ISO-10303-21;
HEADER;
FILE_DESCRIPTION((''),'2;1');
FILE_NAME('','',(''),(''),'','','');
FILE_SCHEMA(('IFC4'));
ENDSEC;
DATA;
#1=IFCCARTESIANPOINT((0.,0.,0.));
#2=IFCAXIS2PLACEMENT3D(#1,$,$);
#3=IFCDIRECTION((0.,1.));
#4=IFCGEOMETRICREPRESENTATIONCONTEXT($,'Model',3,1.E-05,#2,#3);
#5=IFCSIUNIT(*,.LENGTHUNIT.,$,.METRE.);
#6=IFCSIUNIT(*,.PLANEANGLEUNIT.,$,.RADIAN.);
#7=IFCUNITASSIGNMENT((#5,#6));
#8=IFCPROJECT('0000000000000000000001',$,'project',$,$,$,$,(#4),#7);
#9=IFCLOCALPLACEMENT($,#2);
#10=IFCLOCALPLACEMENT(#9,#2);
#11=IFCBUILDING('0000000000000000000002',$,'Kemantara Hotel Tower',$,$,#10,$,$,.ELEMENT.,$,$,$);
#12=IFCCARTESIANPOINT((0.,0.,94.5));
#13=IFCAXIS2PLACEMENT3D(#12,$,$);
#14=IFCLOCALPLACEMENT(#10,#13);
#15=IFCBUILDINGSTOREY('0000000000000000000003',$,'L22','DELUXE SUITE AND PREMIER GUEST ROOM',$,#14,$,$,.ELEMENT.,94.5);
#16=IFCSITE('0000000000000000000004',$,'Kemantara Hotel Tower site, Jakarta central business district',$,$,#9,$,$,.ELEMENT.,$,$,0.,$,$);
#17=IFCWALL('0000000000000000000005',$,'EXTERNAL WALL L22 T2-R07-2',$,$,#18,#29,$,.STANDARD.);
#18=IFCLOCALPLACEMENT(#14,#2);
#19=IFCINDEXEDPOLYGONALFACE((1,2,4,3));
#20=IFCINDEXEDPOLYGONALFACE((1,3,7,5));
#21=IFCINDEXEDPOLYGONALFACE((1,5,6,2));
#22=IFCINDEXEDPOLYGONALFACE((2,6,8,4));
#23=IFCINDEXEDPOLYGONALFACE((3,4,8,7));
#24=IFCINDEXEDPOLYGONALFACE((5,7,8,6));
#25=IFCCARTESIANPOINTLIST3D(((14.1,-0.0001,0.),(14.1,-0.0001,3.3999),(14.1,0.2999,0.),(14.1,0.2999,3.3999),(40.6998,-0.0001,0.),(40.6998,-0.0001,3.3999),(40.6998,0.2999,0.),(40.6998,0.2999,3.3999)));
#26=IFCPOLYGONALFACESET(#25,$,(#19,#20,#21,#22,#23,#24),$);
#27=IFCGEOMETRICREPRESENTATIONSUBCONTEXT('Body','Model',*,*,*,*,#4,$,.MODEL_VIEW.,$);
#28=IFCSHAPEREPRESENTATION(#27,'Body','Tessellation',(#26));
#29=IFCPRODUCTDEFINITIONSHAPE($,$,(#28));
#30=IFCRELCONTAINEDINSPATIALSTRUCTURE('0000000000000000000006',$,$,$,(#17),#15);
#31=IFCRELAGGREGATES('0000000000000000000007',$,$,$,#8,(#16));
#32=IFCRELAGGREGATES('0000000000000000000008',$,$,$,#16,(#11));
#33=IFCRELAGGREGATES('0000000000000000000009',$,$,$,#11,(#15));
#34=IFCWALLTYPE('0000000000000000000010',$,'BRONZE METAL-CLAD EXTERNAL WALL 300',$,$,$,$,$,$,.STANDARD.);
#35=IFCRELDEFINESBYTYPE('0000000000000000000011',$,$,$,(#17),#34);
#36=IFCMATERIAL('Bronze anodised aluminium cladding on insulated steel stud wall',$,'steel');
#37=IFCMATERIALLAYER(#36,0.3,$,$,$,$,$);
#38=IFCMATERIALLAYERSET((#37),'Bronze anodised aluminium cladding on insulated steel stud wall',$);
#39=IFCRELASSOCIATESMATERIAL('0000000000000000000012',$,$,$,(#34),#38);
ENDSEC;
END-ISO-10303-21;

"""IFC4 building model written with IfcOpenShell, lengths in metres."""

from ifc_helpers import new_model, si_unit, direction, frame, frame_2d, origin, place, context, subcontext, project, spatial, rectangle, extrude, material, layer, layer_set, type_object, element, save


model = new_model("IFC4")

# Units and contexts
model_context = context("Model", 3, precision=1e-05, world=origin(), true_north=direction((0.0, 1.0)))
body_context = subcontext(model_context, "Body", "Model", "MODEL_VIEW")
ifc_project = project(units=[si_unit("LENGTHUNIT", "METRE"), si_unit("PLANEANGLEUNIT", "RADIAN")], contexts=[model_context])

# Site, building, storey
site_placement = place(None, origin())
site = spatial("IfcSite", under=ifc_project, at=site_placement, Name="Kemantara Hotel Tower site, Jakarta central business district", CompositionType="ELEMENT", RefElevation=0.0)
building_placement = place(site_placement, origin())
building = spatial("IfcBuilding", under=site, at=building_placement, Name="Kemantara Hotel Tower", CompositionType="ELEMENT")
storey_placement = place(building_placement, frame((0.0, 0.0, 94.5)))
storey = spatial("IfcBuildingStorey", under=building, at=storey_placement, Name="L22", Description="DELUXE SUITE AND PREMIER GUEST ROOM", CompositionType="ELEMENT", Elevation=94.5)

# Wall
ifc_material_1 = material(Name="Bronze anodised aluminium cladding on insulated steel stud wall", Category="steel")
ifc_layer_1 = layer(ifc_material_1, 0.3)
ifc_layer_set_1 = layer_set([ifc_layer_1], Name="Bronze anodised aluminium cladding on insulated steel stud wall")
wall_type_1 = type_object("IfcWallType", Name="BRONZE METAL-CLAD EXTERNAL WALL 300", PredefinedType="STANDARD", material=ifc_layer_set_1)
wall_1_placement = place(storey_placement, frame((14.1001, 0.1499, 0.0), z_axis=(0.0, 0.0, 1.0), x_axis=(1.0, 0.0, 0.0)))
element("IfcWall", 1, at=wall_1_placement, inside=storey, type_object=wall_type_1, Name="EXTERNAL WALL L22 T2-R07-2", PredefinedType="STANDARD", context=body_context, shape_type="SweptSolid", body=[
    extrude(rectangle(XDim=26.5999, YDim=0.3, at=frame_2d((13.2998, 0.0))), origin(), (0.0, 0.0, 1.0), 3.3999),
])

save(model, "model.ifc")
